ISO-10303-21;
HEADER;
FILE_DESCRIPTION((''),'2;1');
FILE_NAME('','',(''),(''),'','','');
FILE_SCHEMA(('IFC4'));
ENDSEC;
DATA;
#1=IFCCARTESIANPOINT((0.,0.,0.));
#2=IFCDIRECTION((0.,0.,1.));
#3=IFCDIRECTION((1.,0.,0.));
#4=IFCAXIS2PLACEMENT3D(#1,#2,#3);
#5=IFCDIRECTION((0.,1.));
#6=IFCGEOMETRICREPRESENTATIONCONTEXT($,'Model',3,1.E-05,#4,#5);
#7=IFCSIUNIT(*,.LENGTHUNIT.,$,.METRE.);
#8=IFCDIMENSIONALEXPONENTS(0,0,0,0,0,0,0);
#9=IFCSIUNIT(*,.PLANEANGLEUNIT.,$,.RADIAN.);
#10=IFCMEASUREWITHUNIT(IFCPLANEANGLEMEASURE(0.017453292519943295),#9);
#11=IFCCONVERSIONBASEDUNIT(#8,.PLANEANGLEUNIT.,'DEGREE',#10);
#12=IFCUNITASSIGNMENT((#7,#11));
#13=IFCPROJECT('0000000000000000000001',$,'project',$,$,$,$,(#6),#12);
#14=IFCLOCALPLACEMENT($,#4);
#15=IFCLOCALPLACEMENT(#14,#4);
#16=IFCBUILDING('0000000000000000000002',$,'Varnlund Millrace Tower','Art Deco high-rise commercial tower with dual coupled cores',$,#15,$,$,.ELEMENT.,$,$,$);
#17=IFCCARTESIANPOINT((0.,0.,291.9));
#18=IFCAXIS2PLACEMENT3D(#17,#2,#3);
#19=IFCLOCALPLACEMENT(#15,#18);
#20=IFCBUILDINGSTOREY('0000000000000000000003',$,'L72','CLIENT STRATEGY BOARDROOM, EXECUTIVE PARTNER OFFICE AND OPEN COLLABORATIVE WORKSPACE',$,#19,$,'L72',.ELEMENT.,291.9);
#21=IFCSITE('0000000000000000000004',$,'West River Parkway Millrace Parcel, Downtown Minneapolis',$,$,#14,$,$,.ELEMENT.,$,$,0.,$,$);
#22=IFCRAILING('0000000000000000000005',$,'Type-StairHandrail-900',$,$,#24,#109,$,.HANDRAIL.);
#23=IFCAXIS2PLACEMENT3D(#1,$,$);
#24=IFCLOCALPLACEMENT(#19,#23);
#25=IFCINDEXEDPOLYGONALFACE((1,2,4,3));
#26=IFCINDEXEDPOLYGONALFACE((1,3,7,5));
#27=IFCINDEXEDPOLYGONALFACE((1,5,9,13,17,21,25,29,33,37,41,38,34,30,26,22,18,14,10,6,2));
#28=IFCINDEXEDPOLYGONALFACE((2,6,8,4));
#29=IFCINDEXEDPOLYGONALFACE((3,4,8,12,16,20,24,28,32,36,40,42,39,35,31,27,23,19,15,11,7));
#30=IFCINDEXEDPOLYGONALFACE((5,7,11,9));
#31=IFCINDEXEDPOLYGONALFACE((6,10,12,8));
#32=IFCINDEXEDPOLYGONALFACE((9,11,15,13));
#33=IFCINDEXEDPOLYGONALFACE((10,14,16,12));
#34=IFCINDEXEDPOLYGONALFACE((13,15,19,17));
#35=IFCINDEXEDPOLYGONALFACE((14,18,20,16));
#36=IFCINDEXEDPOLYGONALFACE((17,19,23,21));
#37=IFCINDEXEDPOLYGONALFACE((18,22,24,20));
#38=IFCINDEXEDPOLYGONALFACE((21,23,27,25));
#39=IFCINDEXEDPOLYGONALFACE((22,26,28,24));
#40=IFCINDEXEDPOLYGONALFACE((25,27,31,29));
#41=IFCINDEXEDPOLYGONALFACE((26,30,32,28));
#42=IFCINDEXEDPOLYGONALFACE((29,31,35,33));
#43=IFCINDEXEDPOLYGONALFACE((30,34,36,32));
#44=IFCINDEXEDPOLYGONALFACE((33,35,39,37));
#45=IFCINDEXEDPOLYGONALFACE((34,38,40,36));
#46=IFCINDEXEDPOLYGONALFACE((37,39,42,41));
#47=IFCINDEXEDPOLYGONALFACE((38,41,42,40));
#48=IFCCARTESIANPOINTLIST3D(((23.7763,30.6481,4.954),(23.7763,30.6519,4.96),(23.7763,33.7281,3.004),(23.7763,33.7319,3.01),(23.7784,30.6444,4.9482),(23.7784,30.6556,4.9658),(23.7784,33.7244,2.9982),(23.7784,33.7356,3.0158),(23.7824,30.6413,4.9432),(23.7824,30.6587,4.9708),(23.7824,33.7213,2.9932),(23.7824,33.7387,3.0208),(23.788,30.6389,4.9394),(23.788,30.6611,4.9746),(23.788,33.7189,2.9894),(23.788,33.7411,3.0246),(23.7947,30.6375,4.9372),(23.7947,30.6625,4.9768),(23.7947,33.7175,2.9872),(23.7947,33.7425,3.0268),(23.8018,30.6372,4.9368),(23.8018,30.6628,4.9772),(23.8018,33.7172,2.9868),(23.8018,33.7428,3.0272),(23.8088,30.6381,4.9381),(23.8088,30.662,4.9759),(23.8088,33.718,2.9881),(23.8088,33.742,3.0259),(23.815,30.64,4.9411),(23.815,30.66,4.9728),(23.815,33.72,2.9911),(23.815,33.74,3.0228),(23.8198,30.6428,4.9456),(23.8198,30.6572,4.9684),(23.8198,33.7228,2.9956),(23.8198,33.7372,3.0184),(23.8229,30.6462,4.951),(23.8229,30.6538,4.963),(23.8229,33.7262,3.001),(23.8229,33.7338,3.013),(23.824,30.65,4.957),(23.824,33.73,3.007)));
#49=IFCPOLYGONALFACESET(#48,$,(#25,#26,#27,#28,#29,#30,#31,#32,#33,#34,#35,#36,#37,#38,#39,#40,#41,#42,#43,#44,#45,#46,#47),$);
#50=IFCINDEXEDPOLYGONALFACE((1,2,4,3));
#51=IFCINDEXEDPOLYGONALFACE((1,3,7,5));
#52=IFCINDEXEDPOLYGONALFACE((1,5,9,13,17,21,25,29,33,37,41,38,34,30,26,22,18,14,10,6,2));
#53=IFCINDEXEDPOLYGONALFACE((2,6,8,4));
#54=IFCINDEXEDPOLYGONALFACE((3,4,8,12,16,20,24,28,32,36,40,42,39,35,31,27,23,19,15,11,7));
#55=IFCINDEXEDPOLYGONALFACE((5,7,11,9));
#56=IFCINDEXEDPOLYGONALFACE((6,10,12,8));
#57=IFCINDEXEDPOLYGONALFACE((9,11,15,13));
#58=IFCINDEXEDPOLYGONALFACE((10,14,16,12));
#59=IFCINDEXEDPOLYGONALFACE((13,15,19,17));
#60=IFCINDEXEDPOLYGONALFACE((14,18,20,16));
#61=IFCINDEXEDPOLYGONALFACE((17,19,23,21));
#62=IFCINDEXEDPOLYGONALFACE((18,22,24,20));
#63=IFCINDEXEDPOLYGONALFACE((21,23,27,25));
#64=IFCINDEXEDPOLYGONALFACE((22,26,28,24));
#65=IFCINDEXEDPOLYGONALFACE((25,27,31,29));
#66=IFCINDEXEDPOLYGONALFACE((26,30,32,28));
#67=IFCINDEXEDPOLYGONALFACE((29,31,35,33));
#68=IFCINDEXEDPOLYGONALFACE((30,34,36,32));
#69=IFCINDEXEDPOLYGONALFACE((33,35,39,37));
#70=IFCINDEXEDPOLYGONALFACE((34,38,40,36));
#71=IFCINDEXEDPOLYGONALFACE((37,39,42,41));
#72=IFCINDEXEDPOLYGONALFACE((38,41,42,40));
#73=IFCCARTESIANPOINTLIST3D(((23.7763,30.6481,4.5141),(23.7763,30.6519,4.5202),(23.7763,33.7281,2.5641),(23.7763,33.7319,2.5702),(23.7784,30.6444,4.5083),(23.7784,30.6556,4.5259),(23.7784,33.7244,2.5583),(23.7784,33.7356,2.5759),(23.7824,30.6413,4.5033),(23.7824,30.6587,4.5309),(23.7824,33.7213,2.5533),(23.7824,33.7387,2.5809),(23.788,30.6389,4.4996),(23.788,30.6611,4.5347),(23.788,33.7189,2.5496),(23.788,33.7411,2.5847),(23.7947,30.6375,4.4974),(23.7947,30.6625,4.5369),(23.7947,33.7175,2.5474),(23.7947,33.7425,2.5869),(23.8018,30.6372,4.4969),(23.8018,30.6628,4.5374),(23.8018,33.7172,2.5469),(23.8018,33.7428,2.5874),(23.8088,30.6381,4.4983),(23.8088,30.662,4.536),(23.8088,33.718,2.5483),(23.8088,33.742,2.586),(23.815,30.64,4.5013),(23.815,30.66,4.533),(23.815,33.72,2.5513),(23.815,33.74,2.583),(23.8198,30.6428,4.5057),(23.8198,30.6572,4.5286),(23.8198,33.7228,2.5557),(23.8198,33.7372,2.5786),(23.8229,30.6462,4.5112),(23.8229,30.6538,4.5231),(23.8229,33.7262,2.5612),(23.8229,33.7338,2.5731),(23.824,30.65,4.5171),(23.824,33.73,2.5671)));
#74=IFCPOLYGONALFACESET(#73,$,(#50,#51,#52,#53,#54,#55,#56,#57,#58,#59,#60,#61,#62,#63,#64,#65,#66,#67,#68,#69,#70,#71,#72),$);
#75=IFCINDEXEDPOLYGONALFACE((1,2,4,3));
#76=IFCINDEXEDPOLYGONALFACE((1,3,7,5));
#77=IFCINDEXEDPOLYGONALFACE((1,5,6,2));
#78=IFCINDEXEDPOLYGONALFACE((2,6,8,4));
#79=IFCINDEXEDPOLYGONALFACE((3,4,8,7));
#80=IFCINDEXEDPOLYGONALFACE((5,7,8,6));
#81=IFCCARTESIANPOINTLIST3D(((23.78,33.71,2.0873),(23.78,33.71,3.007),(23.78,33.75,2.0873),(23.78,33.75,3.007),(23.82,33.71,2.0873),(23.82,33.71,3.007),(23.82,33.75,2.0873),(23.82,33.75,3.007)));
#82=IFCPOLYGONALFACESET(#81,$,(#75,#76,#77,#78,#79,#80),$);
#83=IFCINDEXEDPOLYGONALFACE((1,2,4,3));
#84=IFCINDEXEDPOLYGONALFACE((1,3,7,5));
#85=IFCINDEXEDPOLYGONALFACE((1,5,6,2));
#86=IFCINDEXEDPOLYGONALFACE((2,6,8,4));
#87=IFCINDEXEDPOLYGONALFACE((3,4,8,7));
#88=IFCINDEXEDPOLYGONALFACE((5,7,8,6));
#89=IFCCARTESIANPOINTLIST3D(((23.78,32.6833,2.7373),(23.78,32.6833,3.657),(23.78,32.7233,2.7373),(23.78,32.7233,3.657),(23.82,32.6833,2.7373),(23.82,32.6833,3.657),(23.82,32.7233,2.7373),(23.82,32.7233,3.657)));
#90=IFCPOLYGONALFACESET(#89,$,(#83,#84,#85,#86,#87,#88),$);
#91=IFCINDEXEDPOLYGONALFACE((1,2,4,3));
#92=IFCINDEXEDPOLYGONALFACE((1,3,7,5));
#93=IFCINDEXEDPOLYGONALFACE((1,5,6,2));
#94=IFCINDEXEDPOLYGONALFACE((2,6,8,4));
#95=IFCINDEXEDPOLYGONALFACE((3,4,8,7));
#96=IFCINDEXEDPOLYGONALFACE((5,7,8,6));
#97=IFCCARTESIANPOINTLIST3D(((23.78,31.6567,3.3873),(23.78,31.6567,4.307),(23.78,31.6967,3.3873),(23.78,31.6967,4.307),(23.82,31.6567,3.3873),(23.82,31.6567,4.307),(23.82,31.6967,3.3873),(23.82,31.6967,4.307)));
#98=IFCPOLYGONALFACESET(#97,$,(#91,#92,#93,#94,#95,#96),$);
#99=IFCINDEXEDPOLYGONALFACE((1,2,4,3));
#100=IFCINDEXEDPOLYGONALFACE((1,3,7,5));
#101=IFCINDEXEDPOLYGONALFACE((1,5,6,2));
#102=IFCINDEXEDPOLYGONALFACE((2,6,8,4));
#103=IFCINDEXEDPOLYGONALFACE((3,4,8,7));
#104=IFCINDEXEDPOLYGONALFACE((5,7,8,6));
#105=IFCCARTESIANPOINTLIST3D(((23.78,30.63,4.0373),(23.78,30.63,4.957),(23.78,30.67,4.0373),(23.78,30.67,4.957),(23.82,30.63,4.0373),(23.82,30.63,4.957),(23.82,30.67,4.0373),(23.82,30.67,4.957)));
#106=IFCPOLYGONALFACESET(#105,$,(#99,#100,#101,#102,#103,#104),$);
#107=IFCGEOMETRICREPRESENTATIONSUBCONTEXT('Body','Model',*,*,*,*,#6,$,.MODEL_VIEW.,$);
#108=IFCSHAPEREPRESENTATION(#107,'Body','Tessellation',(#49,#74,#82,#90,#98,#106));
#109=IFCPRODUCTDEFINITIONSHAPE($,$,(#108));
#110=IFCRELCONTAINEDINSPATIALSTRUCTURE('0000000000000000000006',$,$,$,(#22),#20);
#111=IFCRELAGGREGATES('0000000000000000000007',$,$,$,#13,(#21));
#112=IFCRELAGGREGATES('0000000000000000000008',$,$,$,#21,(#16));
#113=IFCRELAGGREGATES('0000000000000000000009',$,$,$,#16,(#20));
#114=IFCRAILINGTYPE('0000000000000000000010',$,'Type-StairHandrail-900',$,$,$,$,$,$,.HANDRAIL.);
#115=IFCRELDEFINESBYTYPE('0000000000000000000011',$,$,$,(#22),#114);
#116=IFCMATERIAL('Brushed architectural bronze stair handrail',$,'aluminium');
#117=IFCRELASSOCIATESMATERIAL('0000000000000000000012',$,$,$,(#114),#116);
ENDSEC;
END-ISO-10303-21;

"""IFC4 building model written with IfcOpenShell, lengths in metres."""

from ifc_helpers import new_model, entity, si_unit, converted_unit, direction, frame, origin_with_axes, origin_2d_with_axis, place, context, subcontext, project, spatial, rectangle, circle, extrude, material, type_object, element, save


model = new_model("IFC4")

# Units and contexts
model_context = context("Model", 3, precision=1e-05, world=origin_with_axes(), true_north=direction((0.0, 1.0)))
body_context = subcontext(model_context, "Body", "Model", "MODEL_VIEW")
ifc_project = project(units=[si_unit("LENGTHUNIT", "METRE"), converted_unit("PLANEANGLEUNIT", "DEGREE", entity("IfcPlaneAngleMeasure", 0.017453292519943295), si_unit("PLANEANGLEUNIT", "RADIAN"), dimensions=[0, 0, 0, 0, 0, 0, 0])], contexts=[model_context])

# Site, building, storey
site_placement = place(None, origin_with_axes())
site = spatial("IfcSite", under=ifc_project, at=site_placement, Name="West River Parkway Millrace Parcel, Downtown Minneapolis", CompositionType="ELEMENT", RefElevation=0.0)
building_placement = place(site_placement, origin_with_axes())
building = spatial("IfcBuilding", under=site, at=building_placement, Name="Varnlund Millrace Tower", Description="Art Deco high-rise commercial tower with dual coupled cores", CompositionType="ELEMENT")
storey_placement = place(building_placement, frame((0.0, 0.0, 291.9), z_axis=(0.0, 0.0, 1.0), x_axis=(1.0, 0.0, 0.0)))
storey = spatial("IfcBuildingStorey", under=building, at=storey_placement, Name="L72", Description="CLIENT STRATEGY BOARDROOM, EXECUTIVE PARTNER OFFICE AND OPEN COLLABORATIVE WORKSPACE", LongName="L72", CompositionType="ELEMENT", Elevation=291.9)

# Railing
ifc_material_1 = material(Name="Brushed architectural bronze stair handrail", Category="aluminium")
railing_type_1 = type_object("IfcRailingType", Name="Type-StairHandrail-900", PredefinedType="HANDRAIL", material=ifc_material_1)
railing_1_placement = place(storey_placement, frame((0.0, 0.0, -291.9), z_axis=(0.0, 0.0, 1.0), x_axis=(1.0, 0.0, 0.0)))
element("IfcRailing", 1, at=railing_1_placement, inside=storey, type_object=railing_type_1, Name="Type-StairHandrail-900", PredefinedType="HANDRAIL", context=body_context, shape_type="SweptSolid", body=[
    extrude(circle(Radius=0.024, at=origin_2d_with_axis()), frame((23.8, 33.73, 294.907), z_axis=(0.0, -0.844902, 0.534922), x_axis=(1.0, 0.0, 0.0)), (0.0, 0.0, 1.0), 3.6454),
    extrude(circle(Radius=0.024, at=origin_2d_with_axis()), frame((23.8, 33.73, 294.4671), z_axis=(0.0, -0.844902, 0.534922), x_axis=(1.0, 0.0, 0.0)), (0.0, 0.0, 1.0), 3.6454),
    extrude(rectangle(XDim=0.04, YDim=0.04, at=origin_2d_with_axis()), frame((23.8, 33.73, 293.9873), z_axis=(0.0, 0.0, 1.0), x_axis=(1.0, 0.0, 0.0)), (0.0, 0.0, 1.0), 0.9197),
    extrude(rectangle(XDim=0.04, YDim=0.04, at=origin_2d_with_axis()), frame((23.8, 32.7033, 294.6373), z_axis=(0.0, 0.0, 1.0), x_axis=(1.0, 0.0, 0.0)), (0.0, 0.0, 1.0), 0.9197),
    extrude(rectangle(XDim=0.04, YDim=0.04, at=origin_2d_with_axis()), frame((23.8, 31.6767, 295.2873), z_axis=(0.0, 0.0, 1.0), x_axis=(1.0, 0.0, 0.0)), (0.0, 0.0, 1.0), 0.9197),
    extrude(rectangle(XDim=0.04, YDim=0.04, at=origin_2d_with_axis()), frame((23.8, 30.65, 295.9373), z_axis=(0.0, 0.0, 1.0), x_axis=(1.0, 0.0, 0.0)), (0.0, 0.0, 1.0), 0.9197),
])

save(model, "model.ifc")
